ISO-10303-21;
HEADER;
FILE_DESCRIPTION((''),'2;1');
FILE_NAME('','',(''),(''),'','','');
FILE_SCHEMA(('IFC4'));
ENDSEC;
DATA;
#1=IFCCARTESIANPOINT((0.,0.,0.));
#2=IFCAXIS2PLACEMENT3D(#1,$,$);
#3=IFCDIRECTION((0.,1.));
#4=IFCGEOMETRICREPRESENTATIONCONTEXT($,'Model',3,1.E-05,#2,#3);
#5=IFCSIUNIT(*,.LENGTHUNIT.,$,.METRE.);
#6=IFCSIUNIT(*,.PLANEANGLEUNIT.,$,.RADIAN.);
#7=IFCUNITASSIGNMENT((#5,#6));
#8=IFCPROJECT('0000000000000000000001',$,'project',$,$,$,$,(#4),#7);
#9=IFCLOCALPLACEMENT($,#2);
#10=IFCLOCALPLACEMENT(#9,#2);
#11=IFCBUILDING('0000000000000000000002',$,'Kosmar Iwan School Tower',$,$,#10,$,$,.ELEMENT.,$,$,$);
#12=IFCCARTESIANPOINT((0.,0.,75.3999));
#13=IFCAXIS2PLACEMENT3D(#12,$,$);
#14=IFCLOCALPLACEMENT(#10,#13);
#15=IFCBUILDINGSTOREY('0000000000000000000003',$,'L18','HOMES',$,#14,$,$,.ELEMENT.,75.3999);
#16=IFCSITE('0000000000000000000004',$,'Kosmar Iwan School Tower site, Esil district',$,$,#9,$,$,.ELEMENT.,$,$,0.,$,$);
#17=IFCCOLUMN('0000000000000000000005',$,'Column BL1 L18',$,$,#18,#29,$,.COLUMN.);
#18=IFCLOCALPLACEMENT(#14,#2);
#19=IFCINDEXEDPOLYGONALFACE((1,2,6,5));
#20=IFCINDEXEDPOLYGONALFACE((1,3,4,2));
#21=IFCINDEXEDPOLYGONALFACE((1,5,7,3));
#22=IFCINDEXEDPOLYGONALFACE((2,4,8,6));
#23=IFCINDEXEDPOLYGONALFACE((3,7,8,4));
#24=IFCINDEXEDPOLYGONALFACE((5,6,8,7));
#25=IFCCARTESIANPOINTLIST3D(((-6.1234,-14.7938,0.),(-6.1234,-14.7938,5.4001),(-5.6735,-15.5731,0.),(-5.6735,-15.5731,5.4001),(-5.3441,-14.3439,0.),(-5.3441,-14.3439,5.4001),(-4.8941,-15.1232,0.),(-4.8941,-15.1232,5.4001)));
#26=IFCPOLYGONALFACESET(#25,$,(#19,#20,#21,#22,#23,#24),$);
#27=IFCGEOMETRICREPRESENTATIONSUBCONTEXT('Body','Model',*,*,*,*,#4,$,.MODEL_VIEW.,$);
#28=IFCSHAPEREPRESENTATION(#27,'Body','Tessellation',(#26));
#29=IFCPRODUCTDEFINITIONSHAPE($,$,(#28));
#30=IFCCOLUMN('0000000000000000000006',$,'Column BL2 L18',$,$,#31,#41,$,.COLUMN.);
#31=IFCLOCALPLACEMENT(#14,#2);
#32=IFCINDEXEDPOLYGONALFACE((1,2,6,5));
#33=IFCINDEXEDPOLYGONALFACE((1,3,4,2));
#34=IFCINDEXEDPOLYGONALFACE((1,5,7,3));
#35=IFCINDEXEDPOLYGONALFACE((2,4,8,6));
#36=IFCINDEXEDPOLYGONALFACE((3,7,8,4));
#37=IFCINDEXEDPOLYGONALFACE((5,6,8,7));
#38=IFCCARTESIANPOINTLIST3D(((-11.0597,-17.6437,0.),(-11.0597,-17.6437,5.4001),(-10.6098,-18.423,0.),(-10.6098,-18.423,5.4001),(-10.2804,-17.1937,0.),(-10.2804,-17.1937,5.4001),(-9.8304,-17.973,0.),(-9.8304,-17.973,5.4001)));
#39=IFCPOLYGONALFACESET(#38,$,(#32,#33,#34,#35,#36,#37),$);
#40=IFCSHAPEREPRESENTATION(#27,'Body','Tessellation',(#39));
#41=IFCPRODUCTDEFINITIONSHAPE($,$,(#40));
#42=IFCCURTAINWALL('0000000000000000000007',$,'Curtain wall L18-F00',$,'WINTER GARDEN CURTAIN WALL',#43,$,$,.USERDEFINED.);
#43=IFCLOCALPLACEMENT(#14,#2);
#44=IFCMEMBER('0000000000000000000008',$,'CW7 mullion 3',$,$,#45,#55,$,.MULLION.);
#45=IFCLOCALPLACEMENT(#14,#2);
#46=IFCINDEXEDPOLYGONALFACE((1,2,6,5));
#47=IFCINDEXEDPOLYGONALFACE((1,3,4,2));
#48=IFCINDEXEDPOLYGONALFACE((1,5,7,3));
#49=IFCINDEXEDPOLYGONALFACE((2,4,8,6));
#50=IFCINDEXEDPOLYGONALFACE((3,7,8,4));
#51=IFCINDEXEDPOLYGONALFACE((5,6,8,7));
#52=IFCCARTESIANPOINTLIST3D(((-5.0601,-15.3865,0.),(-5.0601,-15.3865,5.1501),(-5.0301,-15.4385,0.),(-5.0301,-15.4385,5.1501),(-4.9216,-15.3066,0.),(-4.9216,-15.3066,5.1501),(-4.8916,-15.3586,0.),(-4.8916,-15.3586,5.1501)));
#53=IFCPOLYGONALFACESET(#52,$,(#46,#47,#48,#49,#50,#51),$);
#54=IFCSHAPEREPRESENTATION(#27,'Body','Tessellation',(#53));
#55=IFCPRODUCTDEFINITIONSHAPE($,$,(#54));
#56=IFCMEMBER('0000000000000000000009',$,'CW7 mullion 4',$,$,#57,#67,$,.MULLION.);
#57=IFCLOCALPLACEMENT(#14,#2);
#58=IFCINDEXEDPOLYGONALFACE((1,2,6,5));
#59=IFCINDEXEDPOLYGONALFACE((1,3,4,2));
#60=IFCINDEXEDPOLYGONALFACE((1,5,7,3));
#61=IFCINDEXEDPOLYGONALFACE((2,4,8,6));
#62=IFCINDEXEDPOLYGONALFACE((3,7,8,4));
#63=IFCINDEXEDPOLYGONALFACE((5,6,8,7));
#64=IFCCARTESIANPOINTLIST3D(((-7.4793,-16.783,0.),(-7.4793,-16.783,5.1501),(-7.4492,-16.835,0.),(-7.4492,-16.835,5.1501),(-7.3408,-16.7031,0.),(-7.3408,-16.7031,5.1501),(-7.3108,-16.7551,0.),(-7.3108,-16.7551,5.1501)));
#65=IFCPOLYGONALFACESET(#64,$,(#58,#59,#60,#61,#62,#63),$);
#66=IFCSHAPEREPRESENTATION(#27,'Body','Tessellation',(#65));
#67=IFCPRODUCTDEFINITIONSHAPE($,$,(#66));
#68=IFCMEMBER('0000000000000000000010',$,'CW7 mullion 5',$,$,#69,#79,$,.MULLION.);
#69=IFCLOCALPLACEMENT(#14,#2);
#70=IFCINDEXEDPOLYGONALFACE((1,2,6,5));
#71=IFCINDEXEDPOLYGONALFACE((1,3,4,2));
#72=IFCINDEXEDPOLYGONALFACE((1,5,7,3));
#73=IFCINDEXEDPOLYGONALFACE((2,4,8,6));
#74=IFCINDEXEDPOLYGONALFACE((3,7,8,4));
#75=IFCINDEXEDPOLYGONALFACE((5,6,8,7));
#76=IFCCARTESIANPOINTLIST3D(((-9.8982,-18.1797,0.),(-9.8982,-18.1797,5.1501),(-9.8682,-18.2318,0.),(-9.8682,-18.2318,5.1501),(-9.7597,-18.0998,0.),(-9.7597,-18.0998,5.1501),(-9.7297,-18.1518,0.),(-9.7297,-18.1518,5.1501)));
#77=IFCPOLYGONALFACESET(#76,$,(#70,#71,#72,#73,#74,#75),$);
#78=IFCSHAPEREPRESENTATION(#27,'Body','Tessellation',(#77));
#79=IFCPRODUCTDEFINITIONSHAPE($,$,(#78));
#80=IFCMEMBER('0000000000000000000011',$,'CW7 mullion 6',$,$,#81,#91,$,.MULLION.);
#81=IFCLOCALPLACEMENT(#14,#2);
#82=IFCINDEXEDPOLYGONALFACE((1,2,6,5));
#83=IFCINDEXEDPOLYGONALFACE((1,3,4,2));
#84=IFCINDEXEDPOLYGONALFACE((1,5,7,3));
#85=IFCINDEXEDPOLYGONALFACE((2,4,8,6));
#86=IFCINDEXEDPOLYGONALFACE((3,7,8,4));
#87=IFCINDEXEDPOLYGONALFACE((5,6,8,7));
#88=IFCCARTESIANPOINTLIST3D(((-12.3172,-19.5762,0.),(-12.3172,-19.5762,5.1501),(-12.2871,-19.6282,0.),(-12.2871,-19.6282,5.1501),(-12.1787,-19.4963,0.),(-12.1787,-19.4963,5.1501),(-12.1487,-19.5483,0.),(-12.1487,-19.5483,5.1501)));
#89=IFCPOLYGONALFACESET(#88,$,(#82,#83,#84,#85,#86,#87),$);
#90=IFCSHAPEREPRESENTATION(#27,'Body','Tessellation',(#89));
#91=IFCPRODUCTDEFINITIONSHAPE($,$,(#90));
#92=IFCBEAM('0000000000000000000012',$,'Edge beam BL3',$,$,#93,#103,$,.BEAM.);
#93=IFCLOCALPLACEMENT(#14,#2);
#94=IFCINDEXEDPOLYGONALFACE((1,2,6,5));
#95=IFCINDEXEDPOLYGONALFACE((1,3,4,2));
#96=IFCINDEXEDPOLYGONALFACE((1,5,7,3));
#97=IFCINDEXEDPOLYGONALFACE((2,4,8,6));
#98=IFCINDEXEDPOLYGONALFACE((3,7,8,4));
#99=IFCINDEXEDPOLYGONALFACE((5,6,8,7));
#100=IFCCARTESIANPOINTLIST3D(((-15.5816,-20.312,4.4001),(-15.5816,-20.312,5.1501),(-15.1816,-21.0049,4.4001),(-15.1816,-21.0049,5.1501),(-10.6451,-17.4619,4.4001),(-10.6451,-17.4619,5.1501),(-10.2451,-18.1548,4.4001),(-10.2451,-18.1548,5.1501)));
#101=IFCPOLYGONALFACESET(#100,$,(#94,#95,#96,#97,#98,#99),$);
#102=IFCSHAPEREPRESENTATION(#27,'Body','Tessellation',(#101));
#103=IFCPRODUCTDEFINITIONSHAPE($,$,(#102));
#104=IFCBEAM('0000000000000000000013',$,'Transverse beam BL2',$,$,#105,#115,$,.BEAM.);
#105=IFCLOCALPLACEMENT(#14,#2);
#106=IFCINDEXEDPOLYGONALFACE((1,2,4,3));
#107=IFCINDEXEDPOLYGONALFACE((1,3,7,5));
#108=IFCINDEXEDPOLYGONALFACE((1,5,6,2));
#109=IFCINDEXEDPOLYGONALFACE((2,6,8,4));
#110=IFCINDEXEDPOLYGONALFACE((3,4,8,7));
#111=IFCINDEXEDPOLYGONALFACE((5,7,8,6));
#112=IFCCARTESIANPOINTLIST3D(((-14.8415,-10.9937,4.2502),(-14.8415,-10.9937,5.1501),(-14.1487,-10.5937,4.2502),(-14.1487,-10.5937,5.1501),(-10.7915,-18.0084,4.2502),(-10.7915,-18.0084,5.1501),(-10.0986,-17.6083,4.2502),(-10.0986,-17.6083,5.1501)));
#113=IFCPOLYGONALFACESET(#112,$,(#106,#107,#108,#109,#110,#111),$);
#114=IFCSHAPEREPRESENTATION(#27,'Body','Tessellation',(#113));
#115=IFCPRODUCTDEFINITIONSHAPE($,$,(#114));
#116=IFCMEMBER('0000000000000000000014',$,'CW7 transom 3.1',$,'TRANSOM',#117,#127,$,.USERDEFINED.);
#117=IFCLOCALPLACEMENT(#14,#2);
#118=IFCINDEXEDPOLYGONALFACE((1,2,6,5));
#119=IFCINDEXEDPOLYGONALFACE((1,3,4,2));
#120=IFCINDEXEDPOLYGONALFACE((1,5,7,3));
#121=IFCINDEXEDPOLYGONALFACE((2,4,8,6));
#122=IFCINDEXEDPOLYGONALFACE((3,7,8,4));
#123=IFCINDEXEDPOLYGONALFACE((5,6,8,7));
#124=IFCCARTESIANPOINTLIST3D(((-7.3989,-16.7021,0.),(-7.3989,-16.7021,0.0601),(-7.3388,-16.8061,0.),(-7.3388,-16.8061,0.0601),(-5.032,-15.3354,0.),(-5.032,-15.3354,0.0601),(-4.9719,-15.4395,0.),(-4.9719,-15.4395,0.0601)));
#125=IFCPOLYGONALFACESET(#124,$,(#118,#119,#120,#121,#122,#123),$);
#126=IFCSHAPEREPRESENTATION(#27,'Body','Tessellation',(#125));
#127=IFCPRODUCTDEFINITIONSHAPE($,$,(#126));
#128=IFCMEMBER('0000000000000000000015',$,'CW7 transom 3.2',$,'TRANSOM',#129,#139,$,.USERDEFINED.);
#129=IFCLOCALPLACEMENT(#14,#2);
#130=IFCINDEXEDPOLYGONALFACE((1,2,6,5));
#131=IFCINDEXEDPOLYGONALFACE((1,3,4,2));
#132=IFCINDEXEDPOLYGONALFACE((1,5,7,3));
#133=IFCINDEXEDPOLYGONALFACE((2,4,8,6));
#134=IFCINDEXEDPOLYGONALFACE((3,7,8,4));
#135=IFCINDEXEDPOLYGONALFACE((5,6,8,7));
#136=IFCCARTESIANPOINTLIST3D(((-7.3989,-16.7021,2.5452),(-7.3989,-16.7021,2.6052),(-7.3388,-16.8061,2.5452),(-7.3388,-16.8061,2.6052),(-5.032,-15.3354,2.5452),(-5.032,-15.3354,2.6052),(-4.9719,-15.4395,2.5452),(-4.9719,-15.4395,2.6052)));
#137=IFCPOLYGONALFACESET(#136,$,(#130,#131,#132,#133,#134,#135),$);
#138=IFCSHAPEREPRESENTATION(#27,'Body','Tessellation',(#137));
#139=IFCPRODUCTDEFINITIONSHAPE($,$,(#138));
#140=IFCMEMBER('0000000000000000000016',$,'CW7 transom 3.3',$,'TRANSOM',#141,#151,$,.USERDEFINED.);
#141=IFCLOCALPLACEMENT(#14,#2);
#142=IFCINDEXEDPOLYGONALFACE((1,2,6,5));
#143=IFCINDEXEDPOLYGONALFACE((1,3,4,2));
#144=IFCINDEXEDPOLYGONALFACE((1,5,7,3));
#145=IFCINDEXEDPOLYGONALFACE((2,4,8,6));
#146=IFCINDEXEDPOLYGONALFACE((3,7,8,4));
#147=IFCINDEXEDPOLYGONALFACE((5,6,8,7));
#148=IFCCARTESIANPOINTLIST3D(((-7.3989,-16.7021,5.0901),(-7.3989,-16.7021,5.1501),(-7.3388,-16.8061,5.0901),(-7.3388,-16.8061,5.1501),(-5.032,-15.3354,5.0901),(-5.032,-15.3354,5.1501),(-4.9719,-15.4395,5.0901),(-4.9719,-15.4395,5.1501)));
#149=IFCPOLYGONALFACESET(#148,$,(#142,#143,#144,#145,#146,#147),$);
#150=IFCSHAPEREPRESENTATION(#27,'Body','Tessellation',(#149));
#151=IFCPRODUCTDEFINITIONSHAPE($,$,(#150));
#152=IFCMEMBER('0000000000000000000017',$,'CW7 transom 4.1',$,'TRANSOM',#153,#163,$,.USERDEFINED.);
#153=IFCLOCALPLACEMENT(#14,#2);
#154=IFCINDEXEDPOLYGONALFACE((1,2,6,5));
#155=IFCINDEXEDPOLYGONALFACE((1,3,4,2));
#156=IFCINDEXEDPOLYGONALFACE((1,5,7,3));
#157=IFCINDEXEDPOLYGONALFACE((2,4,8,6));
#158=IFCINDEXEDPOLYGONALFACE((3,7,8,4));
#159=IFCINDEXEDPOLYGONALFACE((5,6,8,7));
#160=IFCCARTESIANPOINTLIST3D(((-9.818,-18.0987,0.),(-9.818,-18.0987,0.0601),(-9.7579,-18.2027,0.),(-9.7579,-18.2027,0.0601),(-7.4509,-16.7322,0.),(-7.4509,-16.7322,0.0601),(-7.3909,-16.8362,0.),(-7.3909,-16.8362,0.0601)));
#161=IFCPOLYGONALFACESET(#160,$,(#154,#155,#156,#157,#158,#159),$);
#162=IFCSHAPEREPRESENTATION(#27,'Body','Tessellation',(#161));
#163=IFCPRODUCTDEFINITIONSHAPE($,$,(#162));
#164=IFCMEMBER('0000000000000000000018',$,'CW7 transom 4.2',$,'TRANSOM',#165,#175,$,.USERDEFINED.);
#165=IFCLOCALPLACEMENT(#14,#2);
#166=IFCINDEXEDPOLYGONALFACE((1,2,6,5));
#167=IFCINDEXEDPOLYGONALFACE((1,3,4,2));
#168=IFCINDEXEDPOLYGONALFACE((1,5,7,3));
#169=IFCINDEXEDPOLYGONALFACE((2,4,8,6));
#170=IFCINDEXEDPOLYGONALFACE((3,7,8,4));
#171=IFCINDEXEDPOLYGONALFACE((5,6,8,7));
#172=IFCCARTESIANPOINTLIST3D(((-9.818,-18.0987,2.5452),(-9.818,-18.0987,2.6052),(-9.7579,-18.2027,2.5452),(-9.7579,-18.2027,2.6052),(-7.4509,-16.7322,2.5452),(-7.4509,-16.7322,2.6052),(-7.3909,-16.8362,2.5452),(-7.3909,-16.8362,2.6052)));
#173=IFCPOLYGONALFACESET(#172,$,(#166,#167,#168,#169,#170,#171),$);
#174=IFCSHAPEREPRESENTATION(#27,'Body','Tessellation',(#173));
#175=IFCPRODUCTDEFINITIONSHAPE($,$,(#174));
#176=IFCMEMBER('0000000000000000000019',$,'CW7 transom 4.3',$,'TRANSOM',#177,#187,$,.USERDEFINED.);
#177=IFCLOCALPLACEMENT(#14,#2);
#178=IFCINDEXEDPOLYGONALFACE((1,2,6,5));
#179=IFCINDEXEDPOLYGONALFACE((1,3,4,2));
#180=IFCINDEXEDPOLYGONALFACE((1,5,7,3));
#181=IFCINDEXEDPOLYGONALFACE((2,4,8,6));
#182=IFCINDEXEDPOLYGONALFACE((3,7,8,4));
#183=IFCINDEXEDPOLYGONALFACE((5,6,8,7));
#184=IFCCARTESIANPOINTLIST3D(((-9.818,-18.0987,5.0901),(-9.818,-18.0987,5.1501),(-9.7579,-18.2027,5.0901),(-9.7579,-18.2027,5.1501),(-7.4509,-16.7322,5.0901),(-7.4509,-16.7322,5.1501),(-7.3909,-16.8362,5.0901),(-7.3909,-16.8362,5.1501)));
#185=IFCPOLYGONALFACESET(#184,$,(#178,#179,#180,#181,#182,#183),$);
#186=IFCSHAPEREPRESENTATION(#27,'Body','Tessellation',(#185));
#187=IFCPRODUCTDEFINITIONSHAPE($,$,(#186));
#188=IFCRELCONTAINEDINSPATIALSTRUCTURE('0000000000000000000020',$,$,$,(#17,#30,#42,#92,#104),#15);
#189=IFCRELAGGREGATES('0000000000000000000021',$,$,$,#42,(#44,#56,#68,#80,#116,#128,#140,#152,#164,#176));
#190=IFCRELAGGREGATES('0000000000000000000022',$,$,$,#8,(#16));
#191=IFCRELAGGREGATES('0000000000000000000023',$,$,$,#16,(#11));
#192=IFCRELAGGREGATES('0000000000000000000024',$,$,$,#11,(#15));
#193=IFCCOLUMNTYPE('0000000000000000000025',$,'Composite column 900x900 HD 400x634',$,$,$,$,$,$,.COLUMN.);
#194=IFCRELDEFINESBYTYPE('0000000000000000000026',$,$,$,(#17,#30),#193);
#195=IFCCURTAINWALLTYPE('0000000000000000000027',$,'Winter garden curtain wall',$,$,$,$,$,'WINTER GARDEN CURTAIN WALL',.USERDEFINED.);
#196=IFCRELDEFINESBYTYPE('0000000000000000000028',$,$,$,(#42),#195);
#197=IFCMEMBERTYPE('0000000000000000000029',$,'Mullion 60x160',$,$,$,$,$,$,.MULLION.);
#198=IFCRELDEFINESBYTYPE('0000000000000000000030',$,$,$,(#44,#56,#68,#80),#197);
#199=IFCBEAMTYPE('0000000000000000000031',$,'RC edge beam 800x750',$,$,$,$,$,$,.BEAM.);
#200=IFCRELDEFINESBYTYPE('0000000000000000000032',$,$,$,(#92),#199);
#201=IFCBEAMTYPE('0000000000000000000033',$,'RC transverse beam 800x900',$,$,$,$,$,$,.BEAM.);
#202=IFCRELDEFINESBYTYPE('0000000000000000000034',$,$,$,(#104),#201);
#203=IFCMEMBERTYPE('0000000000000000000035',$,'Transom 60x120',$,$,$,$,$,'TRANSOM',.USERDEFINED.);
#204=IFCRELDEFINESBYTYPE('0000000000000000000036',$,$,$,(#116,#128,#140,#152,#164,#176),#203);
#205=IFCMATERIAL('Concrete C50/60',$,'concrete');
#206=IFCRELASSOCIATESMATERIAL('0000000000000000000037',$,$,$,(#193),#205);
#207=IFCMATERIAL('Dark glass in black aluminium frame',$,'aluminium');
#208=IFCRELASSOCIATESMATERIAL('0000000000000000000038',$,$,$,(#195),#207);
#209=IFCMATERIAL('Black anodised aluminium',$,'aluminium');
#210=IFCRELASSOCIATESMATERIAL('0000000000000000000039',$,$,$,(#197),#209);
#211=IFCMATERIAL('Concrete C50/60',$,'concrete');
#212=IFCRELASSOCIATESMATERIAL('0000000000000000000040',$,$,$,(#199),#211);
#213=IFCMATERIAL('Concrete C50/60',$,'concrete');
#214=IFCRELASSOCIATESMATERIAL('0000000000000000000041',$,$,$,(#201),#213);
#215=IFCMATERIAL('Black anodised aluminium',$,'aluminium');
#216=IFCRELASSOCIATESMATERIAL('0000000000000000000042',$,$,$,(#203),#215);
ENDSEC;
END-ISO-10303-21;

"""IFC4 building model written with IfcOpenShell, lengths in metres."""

from ifc_helpers import new_model, si_unit, direction, frame, origin, origin_2d, place, context, subcontext, project, spatial, rectangle, extrude, material, material_profile, profile_set, type_object, element, aggregate, save


model = new_model("IFC4")

# Units and contexts
model_context = context("Model", 3, precision=1e-05, world=origin(), true_north=direction((0.0, 1.0)))
body_context = subcontext(model_context, "Body", "Model", "MODEL_VIEW")
ifc_project = project(units=[si_unit("LENGTHUNIT", "METRE"), si_unit("PLANEANGLEUNIT", "RADIAN")], contexts=[model_context])

# Site, building, storey
site_placement = place(None, origin())
site = spatial("IfcSite", under=ifc_project, at=site_placement, Name="Kosmar Iwan School Tower site, Esil district", CompositionType="ELEMENT", RefElevation=0.0)
building_placement = place(site_placement, origin())
building = spatial("IfcBuilding", under=site, at=building_placement, Name="Kosmar Iwan School Tower", CompositionType="ELEMENT")
storey_placement = place(building_placement, frame((0.0, 0.0, 75.3999)))
storey = spatial("IfcBuildingStorey", under=building, at=storey_placement, Name="L18", Description="HOMES", CompositionType="ELEMENT", Elevation=75.3999)

# Columns
ifc_material_1 = material(Name="Concrete C50/60", Category="concrete")
ifc_material_profile_1 = material_profile(ifc_material_1, rectangle(XDim=0.8999, YDim=0.8999, at=origin_2d()), Name="RC 900x900 + HD 400x634")
ifc_profile_set_1 = profile_set([ifc_material_profile_1], Name="Concrete C50/60")
column_type = type_object("IfcColumnType", Name="Composite column 900x900 HD 400x634", PredefinedType="COLUMN", material=ifc_profile_set_1)
for number, where, z_axis, x_axis, name in (
    (1, (-5.5088, -14.9585, 0.0), (0.0, 0.0, 1.0), (-0.866025, -0.5, 0.0), "Column BL1 L18"),
    (2, (-10.4451, -17.8083, 0.0), (0.0, 0.0, 1.0), (-0.866025, -0.5, 0.0), "Column BL2 L18"),
):
    element("IfcColumn", number, at=place(storey_placement, frame(where, z_axis=z_axis, x_axis=x_axis)), inside=storey, type_object=column_type, Name=name, PredefinedType="COLUMN", context=body_context, shape_type="SweptSolid", body=[
        extrude(rectangle(XDim=0.8999, YDim=0.8999, at=origin_2d()), origin(), (0.0, 0.0, 1.0), 5.4001),
    ])

# Curtain wall, members
ifc_material_2 = material(Name="Dark glass in black aluminium frame", Category="aluminium")
curtain_wall_type = type_object("IfcCurtainWallType", Name="Winter garden curtain wall", ElementType="WINTER GARDEN CURTAIN WALL", PredefinedType="USERDEFINED", material=ifc_material_2)
curtain_wall_placement = place(storey_placement, origin())
curtain_wall = element("IfcCurtainWall", 3, at=curtain_wall_placement, inside=storey, type_object=curtain_wall_type, Name="Curtain wall L18-F00", ObjectType="WINTER GARDEN CURTAIN WALL", PredefinedType="USERDEFINED")
ifc_material_3 = material(Name="Black anodised aluminium", Category="aluminium")
ifc_material_profile_2 = material_profile(ifc_material_3, rectangle(XDim=0.0601, YDim=0.1599, at=origin_2d()), Name="MULLION 60x160")
ifc_profile_set_2 = profile_set([ifc_material_profile_2], Name="Black anodised aluminium")
member_type_1 = type_object("IfcMemberType", Name="Mullion 60x160", PredefinedType="MULLION", material=ifc_profile_set_2)
member_1_placement = place(storey_placement, frame((-4.9758, -15.3726, 0.0), z_axis=(0.0, 0.0, 1.0), x_axis=(0.5, -0.866025, 0.0)))
member_1 = element("IfcMember", 4, at=member_1_placement, type_object=member_type_1, Name="CW7 mullion 3", PredefinedType="MULLION", context=body_context, shape_type="SweptSolid", body=[
    extrude(rectangle(XDim=0.0601, YDim=0.1599, at=origin_2d()), origin(), (0.0, 0.0, 1.0), 5.1501),
])
member_2_placement = place(storey_placement, frame((-7.395, -16.769, 0.0), z_axis=(0.0, 0.0, 1.0), x_axis=(0.5, -0.866025, 0.0)))
member_2 = element("IfcMember", 5, at=member_2_placement, type_object=member_type_1, Name="CW7 mullion 4", PredefinedType="MULLION", context=body_context, shape_type="SweptSolid", body=[
    extrude(rectangle(XDim=0.0601, YDim=0.1599, at=origin_2d()), origin(), (0.0, 0.0, 1.0), 5.1501),
])
member_3_placement = place(storey_placement, frame((-9.814, -18.1658, 0.0), z_axis=(0.0, 0.0, 1.0), x_axis=(0.5, -0.866025, 0.0)))
member_3 = element("IfcMember", 6, at=member_3_placement, type_object=member_type_1, Name="CW7 mullion 5", PredefinedType="MULLION", context=body_context, shape_type="SweptSolid", body=[
    extrude(rectangle(XDim=0.0601, YDim=0.1599, at=origin_2d()), origin(), (0.0, 0.0, 1.0), 5.1501),
])
member_4_placement = place(storey_placement, frame((-12.2329, -19.5623, 0.0), z_axis=(0.0, 0.0, 1.0), x_axis=(0.5, -0.866025, 0.0)))
member_4 = element("IfcMember", 7, at=member_4_placement, type_object=member_type_1, Name="CW7 mullion 6", PredefinedType="MULLION", context=body_context, shape_type="SweptSolid", body=[
    extrude(rectangle(XDim=0.0601, YDim=0.1599, at=origin_2d()), origin(), (0.0, 0.0, 1.0), 5.1501),
])

# Beams
ifc_material_4 = material(Name="Concrete C50/60", Category="concrete")
ifc_material_profile_3 = material_profile(ifc_material_4, rectangle(XDim=0.8, YDim=0.75, at=origin_2d()), Name="RC 800x750")
ifc_profile_set_3 = profile_set([ifc_material_profile_3], Name="Concrete C50/60")
beam_type_1 = type_object("IfcBeamType", Name="RC edge beam 800x750", PredefinedType="BEAM", material=ifc_profile_set_3)
beam_1_placement = place(storey_placement, frame((-10.4451, -17.8083, 4.7751), z_axis=(-0.866026, -0.499999, 0.0), x_axis=(0.499999, -0.866026, 0.0)))
element("IfcBeam", 8, at=beam_1_placement, inside=storey, type_object=beam_type_1, Name="Edge beam BL3", PredefinedType="BEAM", context=body_context, shape_type="SweptSolid", body=[
    extrude(rectangle(XDim=0.8, YDim=0.75, at=origin_2d()), origin(), (0.0, 0.0, 1.0), 5.7002),
])
ifc_material_5 = material(Name="Concrete C50/60", Category="concrete")
ifc_material_profile_4 = material_profile(ifc_material_5, rectangle(XDim=0.8, YDim=0.8999, at=origin_2d()), Name="RC 800x900")
ifc_profile_set_4 = profile_set([ifc_material_profile_4], Name="Concrete C50/60")
beam_type_2 = type_object("IfcBeamType", Name="RC transverse beam 800x900", PredefinedType="BEAM", material=ifc_profile_set_4)
beam_2_placement = place(storey_placement, frame((-10.4451, -17.8083, 4.7002), z_axis=(-0.500013, 0.866018, 0.0), x_axis=(-0.866018, -0.500013, 0.0)))
element("IfcBeam", 9, at=beam_2_placement, inside=storey, type_object=beam_type_2, Name="Transverse beam BL2", PredefinedType="BEAM", context=body_context, shape_type="SweptSolid", body=[
    extrude(rectangle(XDim=0.8, YDim=0.8999, at=origin_2d()), origin(), (0.0, 0.0, 1.0), 8.0999),
])

# Members
ifc_material_6 = material(Name="Black anodised aluminium", Category="aluminium")
ifc_material_profile_5 = material_profile(ifc_material_6, rectangle(XDim=0.1201, YDim=0.0601, at=origin_2d()), Name="TRANSOM 60x120")
ifc_profile_set_5 = profile_set([ifc_material_profile_5], Name="Black anodised aluminium")
member_type_2 = type_object("IfcMemberType", Name="Transom 60x120", ElementType="TRANSOM", PredefinedType="USERDEFINED", material=ifc_profile_set_5)
member_5_placement = place(storey_placement, frame((-5.002, -15.3875, 0.03), z_axis=(-0.866003, -0.500039, 0.0), x_axis=(0.500039, -0.866003, 0.0)))
member_5 = element("IfcMember", 10, at=member_5_placement, type_object=member_type_2, Name="CW7 transom 3.1", ObjectType="TRANSOM", PredefinedType="USERDEFINED", context=body_context, shape_type="SweptSolid", body=[
    extrude(rectangle(XDim=0.1201, YDim=0.0601, at=origin_2d()), origin(), (0.0, 0.0, 1.0), 2.7332),
])
member_6_placement = place(storey_placement, frame((-5.002, -15.3875, 2.5752), z_axis=(-0.866003, -0.500039, 0.0), x_axis=(0.500039, -0.866003, 0.0)))
member_6 = element("IfcMember", 11, at=member_6_placement, type_object=member_type_2, Name="CW7 transom 3.2", ObjectType="TRANSOM", PredefinedType="USERDEFINED", context=body_context, shape_type="SweptSolid", body=[
    extrude(rectangle(XDim=0.1201, YDim=0.0601, at=origin_2d()), origin(), (0.0, 0.0, 1.0), 2.7332),
])
member_7_placement = place(storey_placement, frame((-5.002, -15.3875, 5.1201), z_axis=(-0.866003, -0.500039, 0.0), x_axis=(0.500039, -0.866003, 0.0)))
member_7 = element("IfcMember", 12, at=member_7_placement, type_object=member_type_2, Name="CW7 transom 3.3", ObjectType="TRANSOM", PredefinedType="USERDEFINED", context=body_context, shape_type="SweptSolid", body=[
    extrude(rectangle(XDim=0.1201, YDim=0.0601, at=origin_2d()), origin(), (0.0, 0.0, 1.0), 2.7332),
])
member_8_placement = place(storey_placement, frame((-7.4209, -16.7842, 0.03), z_axis=(-0.866041, -0.499972, 0.0), x_axis=(0.499972, -0.866041, 0.0)))
member_8 = element("IfcMember", 13, at=member_8_placement, type_object=member_type_2, Name="CW7 transom 4.1", ObjectType="TRANSOM", PredefinedType="USERDEFINED", context=body_context, shape_type="SweptSolid", body=[
    extrude(rectangle(XDim=0.1201, YDim=0.0601, at=origin_2d()), origin(), (0.0, 0.0, 1.0), 2.7332),
])
member_9_placement = place(storey_placement, frame((-7.4209, -16.7842, 2.5752), z_axis=(-0.866041, -0.499972, 0.0), x_axis=(0.499972, -0.866041, 0.0)))
member_9 = element("IfcMember", 14, at=member_9_placement, type_object=member_type_2, Name="CW7 transom 4.2", ObjectType="TRANSOM", PredefinedType="USERDEFINED", context=body_context, shape_type="SweptSolid", body=[
    extrude(rectangle(XDim=0.1201, YDim=0.0601, at=origin_2d()), origin(), (0.0, 0.0, 1.0), 2.7332),
])
member_10_placement = place(storey_placement, frame((-7.4209, -16.7842, 5.1201), z_axis=(-0.866041, -0.499972, 0.0), x_axis=(0.499972, -0.866041, 0.0)))
member_10 = element("IfcMember", 15, at=member_10_placement, type_object=member_type_2, Name="CW7 transom 4.3", ObjectType="TRANSOM", PredefinedType="USERDEFINED", context=body_context, shape_type="SweptSolid", body=[
    extrude(rectangle(XDim=0.1201, YDim=0.0601, at=origin_2d()), origin(), (0.0, 0.0, 1.0), 2.7332),
])

aggregate(curtain_wall, [member_1, member_2, member_3, member_4, member_5, member_6, member_7, member_8, member_9, member_10])

save(model, "model.ifc")
